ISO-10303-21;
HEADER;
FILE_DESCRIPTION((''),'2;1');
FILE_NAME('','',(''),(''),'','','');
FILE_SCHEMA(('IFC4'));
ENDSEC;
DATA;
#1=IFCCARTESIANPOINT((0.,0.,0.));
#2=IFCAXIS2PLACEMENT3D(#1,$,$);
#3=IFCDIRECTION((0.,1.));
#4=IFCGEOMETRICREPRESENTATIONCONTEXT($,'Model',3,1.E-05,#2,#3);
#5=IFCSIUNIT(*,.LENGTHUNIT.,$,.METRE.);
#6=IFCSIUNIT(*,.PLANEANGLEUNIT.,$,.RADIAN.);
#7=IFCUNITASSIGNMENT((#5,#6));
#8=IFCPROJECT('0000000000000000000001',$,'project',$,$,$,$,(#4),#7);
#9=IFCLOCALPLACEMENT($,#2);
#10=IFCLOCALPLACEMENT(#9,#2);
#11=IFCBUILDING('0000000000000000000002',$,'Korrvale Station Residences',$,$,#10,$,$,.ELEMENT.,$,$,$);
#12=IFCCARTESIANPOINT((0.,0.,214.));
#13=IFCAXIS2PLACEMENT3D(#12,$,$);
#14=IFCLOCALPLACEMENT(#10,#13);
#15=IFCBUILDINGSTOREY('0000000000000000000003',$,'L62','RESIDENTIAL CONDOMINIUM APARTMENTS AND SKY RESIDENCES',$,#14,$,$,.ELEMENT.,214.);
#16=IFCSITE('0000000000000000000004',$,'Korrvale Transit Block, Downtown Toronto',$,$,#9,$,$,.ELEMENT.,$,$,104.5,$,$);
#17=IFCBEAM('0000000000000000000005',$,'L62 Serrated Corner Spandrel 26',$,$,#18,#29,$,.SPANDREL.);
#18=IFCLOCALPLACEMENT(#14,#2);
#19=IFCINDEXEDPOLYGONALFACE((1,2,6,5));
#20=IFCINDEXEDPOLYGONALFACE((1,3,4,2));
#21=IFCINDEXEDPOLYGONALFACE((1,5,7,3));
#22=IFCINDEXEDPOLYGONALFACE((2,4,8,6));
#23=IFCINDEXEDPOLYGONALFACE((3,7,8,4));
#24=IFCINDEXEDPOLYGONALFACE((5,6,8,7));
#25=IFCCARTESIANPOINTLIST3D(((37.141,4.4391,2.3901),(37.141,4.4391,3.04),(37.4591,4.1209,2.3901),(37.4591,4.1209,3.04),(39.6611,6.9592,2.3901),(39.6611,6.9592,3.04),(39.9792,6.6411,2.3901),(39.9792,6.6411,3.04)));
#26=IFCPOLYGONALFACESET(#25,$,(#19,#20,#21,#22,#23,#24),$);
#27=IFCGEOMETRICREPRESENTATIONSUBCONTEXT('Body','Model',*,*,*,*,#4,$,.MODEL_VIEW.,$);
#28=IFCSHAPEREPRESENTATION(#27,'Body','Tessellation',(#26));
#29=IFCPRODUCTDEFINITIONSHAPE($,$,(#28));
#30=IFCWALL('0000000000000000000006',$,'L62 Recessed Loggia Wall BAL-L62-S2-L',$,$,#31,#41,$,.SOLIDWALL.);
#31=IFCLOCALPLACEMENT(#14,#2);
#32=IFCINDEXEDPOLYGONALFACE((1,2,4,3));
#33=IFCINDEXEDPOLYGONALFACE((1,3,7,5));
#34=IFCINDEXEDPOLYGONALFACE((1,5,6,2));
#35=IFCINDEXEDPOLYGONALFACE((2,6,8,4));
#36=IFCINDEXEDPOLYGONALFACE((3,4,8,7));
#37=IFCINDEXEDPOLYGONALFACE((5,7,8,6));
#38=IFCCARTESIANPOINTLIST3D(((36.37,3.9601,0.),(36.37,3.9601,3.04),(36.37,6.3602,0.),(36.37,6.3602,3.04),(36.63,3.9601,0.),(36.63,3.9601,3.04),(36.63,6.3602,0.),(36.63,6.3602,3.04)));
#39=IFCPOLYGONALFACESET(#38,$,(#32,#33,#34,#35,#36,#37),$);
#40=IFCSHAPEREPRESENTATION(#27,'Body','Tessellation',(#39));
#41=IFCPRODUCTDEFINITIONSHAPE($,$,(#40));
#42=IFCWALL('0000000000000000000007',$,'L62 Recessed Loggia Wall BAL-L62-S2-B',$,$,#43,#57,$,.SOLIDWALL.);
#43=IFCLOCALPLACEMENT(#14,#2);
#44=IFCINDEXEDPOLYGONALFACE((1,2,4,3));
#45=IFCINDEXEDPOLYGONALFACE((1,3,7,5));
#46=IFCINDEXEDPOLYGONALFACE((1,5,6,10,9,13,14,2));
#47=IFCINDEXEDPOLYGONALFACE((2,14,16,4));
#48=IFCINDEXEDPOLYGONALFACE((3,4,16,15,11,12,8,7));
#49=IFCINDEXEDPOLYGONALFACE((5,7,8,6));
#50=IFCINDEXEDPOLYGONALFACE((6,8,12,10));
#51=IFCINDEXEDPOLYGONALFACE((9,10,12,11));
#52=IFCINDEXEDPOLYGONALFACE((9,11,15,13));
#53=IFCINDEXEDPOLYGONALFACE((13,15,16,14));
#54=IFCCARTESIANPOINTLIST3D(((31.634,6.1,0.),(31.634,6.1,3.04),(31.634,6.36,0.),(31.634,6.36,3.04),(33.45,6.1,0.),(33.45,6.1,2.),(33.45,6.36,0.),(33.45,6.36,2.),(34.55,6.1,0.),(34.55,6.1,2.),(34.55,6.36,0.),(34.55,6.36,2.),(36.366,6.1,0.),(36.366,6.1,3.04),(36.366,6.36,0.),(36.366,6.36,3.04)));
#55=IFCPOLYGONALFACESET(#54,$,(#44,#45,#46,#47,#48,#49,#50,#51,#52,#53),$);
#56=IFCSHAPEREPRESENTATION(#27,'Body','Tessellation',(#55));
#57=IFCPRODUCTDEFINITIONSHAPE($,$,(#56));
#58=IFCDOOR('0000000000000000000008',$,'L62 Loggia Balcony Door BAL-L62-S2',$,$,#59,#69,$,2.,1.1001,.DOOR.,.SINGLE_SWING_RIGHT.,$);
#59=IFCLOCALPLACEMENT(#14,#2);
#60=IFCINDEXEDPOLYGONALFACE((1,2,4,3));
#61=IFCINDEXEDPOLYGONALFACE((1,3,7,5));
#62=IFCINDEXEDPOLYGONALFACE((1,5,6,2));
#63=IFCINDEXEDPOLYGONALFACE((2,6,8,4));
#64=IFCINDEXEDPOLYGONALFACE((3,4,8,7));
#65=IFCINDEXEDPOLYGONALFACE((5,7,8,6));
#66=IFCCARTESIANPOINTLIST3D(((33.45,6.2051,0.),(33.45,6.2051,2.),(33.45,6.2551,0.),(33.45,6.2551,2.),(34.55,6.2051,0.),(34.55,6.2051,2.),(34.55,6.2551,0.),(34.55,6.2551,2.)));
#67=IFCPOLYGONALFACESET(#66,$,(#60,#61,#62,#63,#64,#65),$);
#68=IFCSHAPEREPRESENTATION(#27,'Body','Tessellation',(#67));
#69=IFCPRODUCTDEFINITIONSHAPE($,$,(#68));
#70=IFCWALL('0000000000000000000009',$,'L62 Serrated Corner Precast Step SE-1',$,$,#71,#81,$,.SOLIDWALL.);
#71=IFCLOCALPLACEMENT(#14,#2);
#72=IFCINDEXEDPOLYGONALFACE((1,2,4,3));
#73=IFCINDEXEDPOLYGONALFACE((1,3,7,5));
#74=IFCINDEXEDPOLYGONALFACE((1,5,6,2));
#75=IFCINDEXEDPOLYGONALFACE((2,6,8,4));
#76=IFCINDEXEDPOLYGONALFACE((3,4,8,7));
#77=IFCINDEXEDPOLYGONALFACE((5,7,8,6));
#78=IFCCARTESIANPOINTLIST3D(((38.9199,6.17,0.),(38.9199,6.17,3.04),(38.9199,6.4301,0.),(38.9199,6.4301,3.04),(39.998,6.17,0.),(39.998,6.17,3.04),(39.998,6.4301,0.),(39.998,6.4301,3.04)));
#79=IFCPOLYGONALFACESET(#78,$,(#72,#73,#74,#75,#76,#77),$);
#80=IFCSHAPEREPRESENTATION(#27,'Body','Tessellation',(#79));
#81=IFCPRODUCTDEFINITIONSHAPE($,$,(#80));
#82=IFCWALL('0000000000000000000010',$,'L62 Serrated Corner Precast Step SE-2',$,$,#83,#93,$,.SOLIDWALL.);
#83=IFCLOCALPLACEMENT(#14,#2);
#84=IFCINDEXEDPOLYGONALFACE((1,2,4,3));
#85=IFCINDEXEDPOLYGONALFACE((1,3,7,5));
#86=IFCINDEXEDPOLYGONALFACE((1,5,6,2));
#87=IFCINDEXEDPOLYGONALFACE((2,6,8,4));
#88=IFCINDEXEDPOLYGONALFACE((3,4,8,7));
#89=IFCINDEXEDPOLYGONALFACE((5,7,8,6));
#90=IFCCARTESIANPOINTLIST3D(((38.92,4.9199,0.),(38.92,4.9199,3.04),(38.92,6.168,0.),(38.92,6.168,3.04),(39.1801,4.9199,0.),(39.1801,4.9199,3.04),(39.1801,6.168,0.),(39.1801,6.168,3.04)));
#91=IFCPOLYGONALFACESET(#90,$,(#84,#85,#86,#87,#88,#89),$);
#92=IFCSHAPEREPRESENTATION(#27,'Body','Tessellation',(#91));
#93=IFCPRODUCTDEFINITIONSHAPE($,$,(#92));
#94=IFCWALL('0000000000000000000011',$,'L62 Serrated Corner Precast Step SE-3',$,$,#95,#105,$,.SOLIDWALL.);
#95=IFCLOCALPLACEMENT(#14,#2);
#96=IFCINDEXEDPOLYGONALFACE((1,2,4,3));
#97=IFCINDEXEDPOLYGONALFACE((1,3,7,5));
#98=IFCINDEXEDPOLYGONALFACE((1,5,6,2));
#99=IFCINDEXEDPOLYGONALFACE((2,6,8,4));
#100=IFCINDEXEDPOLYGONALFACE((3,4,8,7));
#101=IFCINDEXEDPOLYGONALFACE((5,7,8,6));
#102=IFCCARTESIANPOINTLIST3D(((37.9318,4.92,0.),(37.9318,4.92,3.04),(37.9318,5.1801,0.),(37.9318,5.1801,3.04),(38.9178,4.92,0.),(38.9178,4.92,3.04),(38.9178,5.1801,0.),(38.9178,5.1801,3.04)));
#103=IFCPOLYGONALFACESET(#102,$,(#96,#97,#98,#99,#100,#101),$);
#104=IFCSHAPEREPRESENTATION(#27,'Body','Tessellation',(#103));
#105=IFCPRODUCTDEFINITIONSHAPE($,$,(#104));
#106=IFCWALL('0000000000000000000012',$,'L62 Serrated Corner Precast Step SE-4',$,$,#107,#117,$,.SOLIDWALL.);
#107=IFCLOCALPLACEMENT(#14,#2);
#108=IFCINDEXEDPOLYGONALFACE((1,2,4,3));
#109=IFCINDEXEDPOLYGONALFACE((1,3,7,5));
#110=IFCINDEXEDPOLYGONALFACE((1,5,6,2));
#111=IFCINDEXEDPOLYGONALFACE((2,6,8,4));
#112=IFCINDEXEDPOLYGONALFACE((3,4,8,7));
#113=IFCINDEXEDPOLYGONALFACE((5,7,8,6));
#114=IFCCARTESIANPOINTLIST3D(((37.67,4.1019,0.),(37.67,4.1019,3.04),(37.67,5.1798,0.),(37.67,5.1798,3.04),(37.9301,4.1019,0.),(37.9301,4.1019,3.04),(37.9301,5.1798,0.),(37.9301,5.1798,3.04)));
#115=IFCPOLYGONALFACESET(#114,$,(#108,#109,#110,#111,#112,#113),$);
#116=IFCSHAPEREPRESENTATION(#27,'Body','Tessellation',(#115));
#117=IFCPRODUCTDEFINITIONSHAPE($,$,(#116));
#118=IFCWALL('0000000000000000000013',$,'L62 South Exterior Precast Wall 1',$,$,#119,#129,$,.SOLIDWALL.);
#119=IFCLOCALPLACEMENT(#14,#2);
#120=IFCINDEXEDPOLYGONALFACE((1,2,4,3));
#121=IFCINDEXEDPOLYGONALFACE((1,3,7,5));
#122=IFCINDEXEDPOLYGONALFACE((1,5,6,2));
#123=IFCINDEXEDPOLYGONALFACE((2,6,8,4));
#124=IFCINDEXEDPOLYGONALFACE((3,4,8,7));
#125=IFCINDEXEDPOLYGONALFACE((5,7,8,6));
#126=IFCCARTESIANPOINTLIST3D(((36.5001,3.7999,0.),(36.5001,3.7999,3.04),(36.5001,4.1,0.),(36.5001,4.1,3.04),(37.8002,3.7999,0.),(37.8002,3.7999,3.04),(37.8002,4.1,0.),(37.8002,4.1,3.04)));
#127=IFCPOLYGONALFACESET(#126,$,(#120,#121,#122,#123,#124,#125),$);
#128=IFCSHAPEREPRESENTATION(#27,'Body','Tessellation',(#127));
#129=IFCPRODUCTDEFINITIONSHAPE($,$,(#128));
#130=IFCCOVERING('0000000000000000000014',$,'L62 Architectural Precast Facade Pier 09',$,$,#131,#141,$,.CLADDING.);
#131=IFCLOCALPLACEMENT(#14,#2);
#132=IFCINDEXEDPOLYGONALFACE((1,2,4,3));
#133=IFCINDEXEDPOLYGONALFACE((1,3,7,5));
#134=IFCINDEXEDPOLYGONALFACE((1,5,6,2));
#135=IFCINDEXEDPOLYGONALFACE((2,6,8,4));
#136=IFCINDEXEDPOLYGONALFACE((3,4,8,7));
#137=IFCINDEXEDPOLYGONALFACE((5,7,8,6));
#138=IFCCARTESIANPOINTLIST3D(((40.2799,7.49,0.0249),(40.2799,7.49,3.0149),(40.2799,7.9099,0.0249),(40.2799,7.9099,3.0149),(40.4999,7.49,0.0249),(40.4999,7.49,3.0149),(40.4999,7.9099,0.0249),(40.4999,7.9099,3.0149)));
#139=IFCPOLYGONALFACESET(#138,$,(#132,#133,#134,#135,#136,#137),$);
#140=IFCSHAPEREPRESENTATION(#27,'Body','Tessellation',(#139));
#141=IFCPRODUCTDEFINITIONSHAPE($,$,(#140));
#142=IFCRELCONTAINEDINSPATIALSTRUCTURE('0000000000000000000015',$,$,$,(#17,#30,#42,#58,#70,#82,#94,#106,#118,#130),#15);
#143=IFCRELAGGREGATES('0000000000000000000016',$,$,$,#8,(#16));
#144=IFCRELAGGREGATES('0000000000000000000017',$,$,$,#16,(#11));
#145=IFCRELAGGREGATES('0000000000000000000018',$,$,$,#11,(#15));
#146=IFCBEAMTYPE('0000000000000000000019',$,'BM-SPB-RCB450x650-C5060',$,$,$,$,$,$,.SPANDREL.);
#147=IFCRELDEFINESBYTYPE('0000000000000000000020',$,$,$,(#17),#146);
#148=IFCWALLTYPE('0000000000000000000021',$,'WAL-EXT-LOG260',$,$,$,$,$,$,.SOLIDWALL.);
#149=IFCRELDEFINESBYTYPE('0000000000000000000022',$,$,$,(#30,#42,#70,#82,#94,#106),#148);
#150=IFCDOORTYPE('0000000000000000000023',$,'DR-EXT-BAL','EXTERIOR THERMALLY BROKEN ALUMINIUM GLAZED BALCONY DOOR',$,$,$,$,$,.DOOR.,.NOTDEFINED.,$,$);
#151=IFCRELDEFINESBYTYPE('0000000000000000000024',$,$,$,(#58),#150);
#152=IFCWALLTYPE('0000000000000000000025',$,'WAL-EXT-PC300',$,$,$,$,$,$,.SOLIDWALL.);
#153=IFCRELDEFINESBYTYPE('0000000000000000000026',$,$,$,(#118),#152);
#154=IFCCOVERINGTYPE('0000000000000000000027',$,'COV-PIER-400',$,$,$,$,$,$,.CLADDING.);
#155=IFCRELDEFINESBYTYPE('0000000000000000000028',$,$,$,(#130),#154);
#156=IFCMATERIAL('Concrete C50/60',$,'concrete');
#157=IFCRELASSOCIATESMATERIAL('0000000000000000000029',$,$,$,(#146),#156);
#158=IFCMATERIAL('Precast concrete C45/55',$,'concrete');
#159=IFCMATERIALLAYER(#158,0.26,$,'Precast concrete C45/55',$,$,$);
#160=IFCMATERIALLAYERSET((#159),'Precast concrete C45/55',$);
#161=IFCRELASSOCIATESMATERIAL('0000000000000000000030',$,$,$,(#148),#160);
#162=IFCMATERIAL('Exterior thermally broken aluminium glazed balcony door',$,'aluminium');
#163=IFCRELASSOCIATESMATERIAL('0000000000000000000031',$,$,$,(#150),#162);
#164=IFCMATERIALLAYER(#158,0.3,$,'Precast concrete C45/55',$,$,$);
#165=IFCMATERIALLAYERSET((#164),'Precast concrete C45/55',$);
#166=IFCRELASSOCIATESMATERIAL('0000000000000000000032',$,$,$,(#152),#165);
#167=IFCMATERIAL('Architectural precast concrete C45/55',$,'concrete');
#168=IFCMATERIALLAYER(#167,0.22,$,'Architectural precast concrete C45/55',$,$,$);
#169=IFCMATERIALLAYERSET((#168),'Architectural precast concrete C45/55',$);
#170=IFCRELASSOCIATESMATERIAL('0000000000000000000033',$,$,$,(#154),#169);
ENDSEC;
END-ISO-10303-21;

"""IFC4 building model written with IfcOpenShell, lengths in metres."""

from ifc_helpers import new_model, si_unit, direction, frame, frame_2d, origin, origin_2d, place, context, subcontext, project, spatial, rectangle, extrude, material, layer, layer_set, material_profile, profile_set, type_object, element, fill, save


model = new_model("IFC4")

# Units and contexts
model_context = context("Model", 3, precision=1e-05, world=origin(), true_north=direction((0.0, 1.0)))
body_context = subcontext(model_context, "Body", "Model", "MODEL_VIEW")
ifc_project = project(units=[si_unit("LENGTHUNIT", "METRE"), si_unit("PLANEANGLEUNIT", "RADIAN")], contexts=[model_context])

# Site, building, storey
site_placement = place(None, origin())
site = spatial("IfcSite", under=ifc_project, at=site_placement, Name="Korrvale Transit Block, Downtown Toronto", CompositionType="ELEMENT", RefElevation=104.5)
building_placement = place(site_placement, origin())
building = spatial("IfcBuilding", under=site, at=building_placement, Name="Korrvale Station Residences", CompositionType="ELEMENT")
storey_placement = place(building_placement, frame((0.0, 0.0, 214.0)))
storey = spatial("IfcBuildingStorey", under=building, at=storey_placement, Name="L62", Description="RESIDENTIAL CONDOMINIUM APARTMENTS AND SKY RESIDENCES", CompositionType="ELEMENT", Elevation=214.0)

# Shared definitions
ifc_material_1 = material(Name="Concrete C50/60", Category="concrete")

# Beam
ifc_material_profile_1 = material_profile(ifc_material_1, rectangle(XDim=0.45, YDim=0.6499, at=origin_2d()), Name="RCB450x650")
ifc_profile_set_1 = profile_set([ifc_material_profile_1], Name="Concrete C50/60")
beam_type_1 = type_object("IfcBeamType", Name="BM-SPB-RCB450x650-C5060", PredefinedType="SPANDREL", material=ifc_profile_set_1)
beam_1_placement = place(storey_placement, frame((37.3, 4.28, 2.7151), z_axis=(0.707107, 0.707107, 0.0), x_axis=(-0.707107, 0.707107, 0.0)))
element("IfcBeam", 1, at=beam_1_placement, inside=storey, type_object=beam_type_1, Name="L62 Serrated Corner Spandrel 26", PredefinedType="SPANDREL", context=body_context, shape_type="SweptSolid", body=[
    extrude(rectangle(XDim=0.45, YDim=0.6499, at=origin_2d()), origin(), (0.0, 0.0, 1.0), 3.564),
])

# Wall
ifc_material_2 = material(Name="Precast concrete C45/55", Category="concrete")
ifc_layer_1 = layer(ifc_material_2, 0.26, Name="Precast concrete C45/55")
ifc_layer_set_1 = layer_set([ifc_layer_1], Name="Precast concrete C45/55")
wall_type_1 = type_object("IfcWallType", Name="WAL-EXT-LOG260", PredefinedType="SOLIDWALL", material=ifc_layer_set_1)
wall_1_placement = place(storey_placement, frame((36.5, 3.96, 0.0), z_axis=(0.0, 0.0, 1.0), x_axis=(0.0, 1.0, 0.0)))
element("IfcWall", 2, at=wall_1_placement, inside=storey, type_object=wall_type_1, Name="L62 Recessed Loggia Wall BAL-L62-S2-L", PredefinedType="SOLIDWALL", context=body_context, shape_type="SweptSolid", body=[
    extrude(rectangle(XDim=2.4001, YDim=0.26, at=frame_2d((1.2002, 0.0))), origin(), (0.0, 0.0, 1.0), 3.04),
])

# Wall, opening, door
wall_2_placement = place(storey_placement, frame((36.366, 6.23, 0.0), z_axis=(0.0, 0.0, 1.0), x_axis=(-1.0, 0.0, 0.0)))
wall_2 = element("IfcWall", 3, at=wall_2_placement, inside=storey, type_object=wall_type_1, Name="L62 Recessed Loggia Wall BAL-L62-S2-B", PredefinedType="SOLIDWALL", context=body_context, shape_type="SweptSolid", body=[
    extrude(rectangle(XDim=4.7319, YDim=0.26, at=frame_2d((2.366, 0.0))), origin(), (0.0, 0.0, 1.0), 3.04),
])
opening_placement = place(wall_2_placement, frame((1.8159, 0.0, 0.0)))
opening = element("IfcOpeningElement", 4, at=opening_placement, cuts=wall_2, PredefinedType="OPENING", context=body_context, shape_type="SweptSolid", body=[
    extrude(rectangle(XDim=1.1001, YDim=2.0, at=frame_2d((0.55, 1.0))), frame((0.0, 0.1401, 0.0), z_axis=(0.0, -1.0, 0.0), x_axis=(1.0, 0.0, 0.0)), (0.0, 0.0, 1.0), 0.28),
])
ifc_material_3 = material(Name="Exterior thermally broken aluminium glazed balcony door", Category="aluminium")
door_type = type_object("IfcDoorType", Name="DR-EXT-BAL", Description="EXTERIOR THERMALLY BROKEN ALUMINIUM GLAZED BALCONY DOOR", OperationType="NOTDEFINED", PredefinedType="DOOR", material=ifc_material_3)
door_placement = place(opening_placement, origin())
door = element("IfcDoor", 5, at=door_placement, inside=storey, type_object=door_type, Name="L62 Loggia Balcony Door BAL-L62-S2", OperationType="SINGLE_SWING_RIGHT", OverallHeight=2.0, OverallWidth=1.1001, PredefinedType="DOOR", context=body_context, shape_type="SweptSolid", body=[
    extrude(rectangle(XDim=1.1001, YDim=2.0, at=frame_2d((0.55, 1.0))), frame((0.0, 0.0249, 0.0), z_axis=(0.0, -1.0, 0.0), x_axis=(1.0, 0.0, 0.0)), (0.0, 0.0, 1.0), 0.05),
])
fill(opening, door)

# Walls
wall_3_placement = place(storey_placement, frame((39.998, 6.3, 0.0), z_axis=(0.0, 0.0, 1.0), x_axis=(-1.0, 0.0, 0.0)))
element("IfcWall", 6, at=wall_3_placement, inside=storey, type_object=wall_type_1, Name="L62 Serrated Corner Precast Step SE-1", PredefinedType="SOLIDWALL", context=body_context, shape_type="SweptSolid", body=[
    extrude(rectangle(XDim=1.0781, YDim=0.26, at=frame_2d((0.5391, 0.0))), origin(), (0.0, 0.0, 1.0), 3.04),
])
wall_4_placement = place(storey_placement, frame((39.05, 6.168, 0.0), z_axis=(0.0, 0.0, 1.0), x_axis=(0.0, -1.0, 0.0)))
element("IfcWall", 7, at=wall_4_placement, inside=storey, type_object=wall_type_1, Name="L62 Serrated Corner Precast Step SE-2", PredefinedType="SOLIDWALL", context=body_context, shape_type="SweptSolid", body=[
    extrude(rectangle(XDim=1.248, YDim=0.26, at=frame_2d((0.624, 0.0))), origin(), (0.0, 0.0, 1.0), 3.04),
])
wall_5_placement = place(storey_placement, frame((38.918, 5.05, 0.0), z_axis=(0.0, 0.0, 1.0), x_axis=(-1.0, 0.0, 0.0)))
element("IfcWall", 8, at=wall_5_placement, inside=storey, type_object=wall_type_1, Name="L62 Serrated Corner Precast Step SE-3", PredefinedType="SOLIDWALL", context=body_context, shape_type="SweptSolid", body=[
    extrude(rectangle(XDim=0.9861, YDim=0.26, at=frame_2d((0.4932, 0.0))), origin(), (0.0, 0.0, 1.0), 3.04),
])
wall_6_placement = place(storey_placement, frame((37.8, 5.1799, 0.0), z_axis=(0.0, 0.0, 1.0), x_axis=(0.0, -1.0, 0.0)))
element("IfcWall", 9, at=wall_6_placement, inside=storey, type_object=wall_type_1, Name="L62 Serrated Corner Precast Step SE-4", PredefinedType="SOLIDWALL", context=body_context, shape_type="SweptSolid", body=[
    extrude(rectangle(XDim=1.0779, YDim=0.26, at=frame_2d((0.5391, 0.0))), origin(), (0.0, 0.0, 1.0), 3.04),
])
ifc_layer_2 = layer(ifc_material_2, 0.3, Name="Precast concrete C45/55")
ifc_layer_set_2 = layer_set([ifc_layer_2], Name="Precast concrete C45/55")
wall_type_2 = type_object("IfcWallType", Name="WAL-EXT-PC300", PredefinedType="SOLIDWALL", material=ifc_layer_set_2)
wall_7_placement = place(storey_placement, frame((37.8, 3.95, 0.0), z_axis=(0.0, 0.0, 1.0), x_axis=(-1.0, 0.0, 0.0)))
element("IfcWall", 10, at=wall_7_placement, inside=storey, type_object=wall_type_2, Name="L62 South Exterior Precast Wall 1", PredefinedType="SOLIDWALL", context=body_context, shape_type="SweptSolid", body=[
    extrude(rectangle(XDim=1.3, YDim=0.3, at=frame_2d((0.6499, 0.0))), origin(), (0.0, 0.0, 1.0), 3.04),
])

# Covering
ifc_material_4 = material(Name="Architectural precast concrete C45/55", Category="concrete")
ifc_layer_3 = layer(ifc_material_4, 0.22, Name="Architectural precast concrete C45/55")
ifc_layer_set_3 = layer_set([ifc_layer_3], Name="Architectural precast concrete C45/55")
covering_type = type_object("IfcCoveringType", Name="COV-PIER-400", PredefinedType="CLADDING", material=ifc_layer_set_3)
covering_placement = place(storey_placement, frame((40.3899, 7.7, 0.0249), z_axis=(0.0, 0.0, 1.0), x_axis=(0.0, 1.0, 0.0)))
element("IfcCovering", 11, at=covering_placement, inside=storey, type_object=covering_type, Name="L62 Architectural Precast Facade Pier 09", PredefinedType="CLADDING", context=body_context, shape_type="SweptSolid", body=[
    extrude(rectangle(XDim=0.4199, YDim=0.22, at=origin_2d()), origin(), (0.0, 0.0, 1.0), 2.99),
])

save(model, "model.ifc")
